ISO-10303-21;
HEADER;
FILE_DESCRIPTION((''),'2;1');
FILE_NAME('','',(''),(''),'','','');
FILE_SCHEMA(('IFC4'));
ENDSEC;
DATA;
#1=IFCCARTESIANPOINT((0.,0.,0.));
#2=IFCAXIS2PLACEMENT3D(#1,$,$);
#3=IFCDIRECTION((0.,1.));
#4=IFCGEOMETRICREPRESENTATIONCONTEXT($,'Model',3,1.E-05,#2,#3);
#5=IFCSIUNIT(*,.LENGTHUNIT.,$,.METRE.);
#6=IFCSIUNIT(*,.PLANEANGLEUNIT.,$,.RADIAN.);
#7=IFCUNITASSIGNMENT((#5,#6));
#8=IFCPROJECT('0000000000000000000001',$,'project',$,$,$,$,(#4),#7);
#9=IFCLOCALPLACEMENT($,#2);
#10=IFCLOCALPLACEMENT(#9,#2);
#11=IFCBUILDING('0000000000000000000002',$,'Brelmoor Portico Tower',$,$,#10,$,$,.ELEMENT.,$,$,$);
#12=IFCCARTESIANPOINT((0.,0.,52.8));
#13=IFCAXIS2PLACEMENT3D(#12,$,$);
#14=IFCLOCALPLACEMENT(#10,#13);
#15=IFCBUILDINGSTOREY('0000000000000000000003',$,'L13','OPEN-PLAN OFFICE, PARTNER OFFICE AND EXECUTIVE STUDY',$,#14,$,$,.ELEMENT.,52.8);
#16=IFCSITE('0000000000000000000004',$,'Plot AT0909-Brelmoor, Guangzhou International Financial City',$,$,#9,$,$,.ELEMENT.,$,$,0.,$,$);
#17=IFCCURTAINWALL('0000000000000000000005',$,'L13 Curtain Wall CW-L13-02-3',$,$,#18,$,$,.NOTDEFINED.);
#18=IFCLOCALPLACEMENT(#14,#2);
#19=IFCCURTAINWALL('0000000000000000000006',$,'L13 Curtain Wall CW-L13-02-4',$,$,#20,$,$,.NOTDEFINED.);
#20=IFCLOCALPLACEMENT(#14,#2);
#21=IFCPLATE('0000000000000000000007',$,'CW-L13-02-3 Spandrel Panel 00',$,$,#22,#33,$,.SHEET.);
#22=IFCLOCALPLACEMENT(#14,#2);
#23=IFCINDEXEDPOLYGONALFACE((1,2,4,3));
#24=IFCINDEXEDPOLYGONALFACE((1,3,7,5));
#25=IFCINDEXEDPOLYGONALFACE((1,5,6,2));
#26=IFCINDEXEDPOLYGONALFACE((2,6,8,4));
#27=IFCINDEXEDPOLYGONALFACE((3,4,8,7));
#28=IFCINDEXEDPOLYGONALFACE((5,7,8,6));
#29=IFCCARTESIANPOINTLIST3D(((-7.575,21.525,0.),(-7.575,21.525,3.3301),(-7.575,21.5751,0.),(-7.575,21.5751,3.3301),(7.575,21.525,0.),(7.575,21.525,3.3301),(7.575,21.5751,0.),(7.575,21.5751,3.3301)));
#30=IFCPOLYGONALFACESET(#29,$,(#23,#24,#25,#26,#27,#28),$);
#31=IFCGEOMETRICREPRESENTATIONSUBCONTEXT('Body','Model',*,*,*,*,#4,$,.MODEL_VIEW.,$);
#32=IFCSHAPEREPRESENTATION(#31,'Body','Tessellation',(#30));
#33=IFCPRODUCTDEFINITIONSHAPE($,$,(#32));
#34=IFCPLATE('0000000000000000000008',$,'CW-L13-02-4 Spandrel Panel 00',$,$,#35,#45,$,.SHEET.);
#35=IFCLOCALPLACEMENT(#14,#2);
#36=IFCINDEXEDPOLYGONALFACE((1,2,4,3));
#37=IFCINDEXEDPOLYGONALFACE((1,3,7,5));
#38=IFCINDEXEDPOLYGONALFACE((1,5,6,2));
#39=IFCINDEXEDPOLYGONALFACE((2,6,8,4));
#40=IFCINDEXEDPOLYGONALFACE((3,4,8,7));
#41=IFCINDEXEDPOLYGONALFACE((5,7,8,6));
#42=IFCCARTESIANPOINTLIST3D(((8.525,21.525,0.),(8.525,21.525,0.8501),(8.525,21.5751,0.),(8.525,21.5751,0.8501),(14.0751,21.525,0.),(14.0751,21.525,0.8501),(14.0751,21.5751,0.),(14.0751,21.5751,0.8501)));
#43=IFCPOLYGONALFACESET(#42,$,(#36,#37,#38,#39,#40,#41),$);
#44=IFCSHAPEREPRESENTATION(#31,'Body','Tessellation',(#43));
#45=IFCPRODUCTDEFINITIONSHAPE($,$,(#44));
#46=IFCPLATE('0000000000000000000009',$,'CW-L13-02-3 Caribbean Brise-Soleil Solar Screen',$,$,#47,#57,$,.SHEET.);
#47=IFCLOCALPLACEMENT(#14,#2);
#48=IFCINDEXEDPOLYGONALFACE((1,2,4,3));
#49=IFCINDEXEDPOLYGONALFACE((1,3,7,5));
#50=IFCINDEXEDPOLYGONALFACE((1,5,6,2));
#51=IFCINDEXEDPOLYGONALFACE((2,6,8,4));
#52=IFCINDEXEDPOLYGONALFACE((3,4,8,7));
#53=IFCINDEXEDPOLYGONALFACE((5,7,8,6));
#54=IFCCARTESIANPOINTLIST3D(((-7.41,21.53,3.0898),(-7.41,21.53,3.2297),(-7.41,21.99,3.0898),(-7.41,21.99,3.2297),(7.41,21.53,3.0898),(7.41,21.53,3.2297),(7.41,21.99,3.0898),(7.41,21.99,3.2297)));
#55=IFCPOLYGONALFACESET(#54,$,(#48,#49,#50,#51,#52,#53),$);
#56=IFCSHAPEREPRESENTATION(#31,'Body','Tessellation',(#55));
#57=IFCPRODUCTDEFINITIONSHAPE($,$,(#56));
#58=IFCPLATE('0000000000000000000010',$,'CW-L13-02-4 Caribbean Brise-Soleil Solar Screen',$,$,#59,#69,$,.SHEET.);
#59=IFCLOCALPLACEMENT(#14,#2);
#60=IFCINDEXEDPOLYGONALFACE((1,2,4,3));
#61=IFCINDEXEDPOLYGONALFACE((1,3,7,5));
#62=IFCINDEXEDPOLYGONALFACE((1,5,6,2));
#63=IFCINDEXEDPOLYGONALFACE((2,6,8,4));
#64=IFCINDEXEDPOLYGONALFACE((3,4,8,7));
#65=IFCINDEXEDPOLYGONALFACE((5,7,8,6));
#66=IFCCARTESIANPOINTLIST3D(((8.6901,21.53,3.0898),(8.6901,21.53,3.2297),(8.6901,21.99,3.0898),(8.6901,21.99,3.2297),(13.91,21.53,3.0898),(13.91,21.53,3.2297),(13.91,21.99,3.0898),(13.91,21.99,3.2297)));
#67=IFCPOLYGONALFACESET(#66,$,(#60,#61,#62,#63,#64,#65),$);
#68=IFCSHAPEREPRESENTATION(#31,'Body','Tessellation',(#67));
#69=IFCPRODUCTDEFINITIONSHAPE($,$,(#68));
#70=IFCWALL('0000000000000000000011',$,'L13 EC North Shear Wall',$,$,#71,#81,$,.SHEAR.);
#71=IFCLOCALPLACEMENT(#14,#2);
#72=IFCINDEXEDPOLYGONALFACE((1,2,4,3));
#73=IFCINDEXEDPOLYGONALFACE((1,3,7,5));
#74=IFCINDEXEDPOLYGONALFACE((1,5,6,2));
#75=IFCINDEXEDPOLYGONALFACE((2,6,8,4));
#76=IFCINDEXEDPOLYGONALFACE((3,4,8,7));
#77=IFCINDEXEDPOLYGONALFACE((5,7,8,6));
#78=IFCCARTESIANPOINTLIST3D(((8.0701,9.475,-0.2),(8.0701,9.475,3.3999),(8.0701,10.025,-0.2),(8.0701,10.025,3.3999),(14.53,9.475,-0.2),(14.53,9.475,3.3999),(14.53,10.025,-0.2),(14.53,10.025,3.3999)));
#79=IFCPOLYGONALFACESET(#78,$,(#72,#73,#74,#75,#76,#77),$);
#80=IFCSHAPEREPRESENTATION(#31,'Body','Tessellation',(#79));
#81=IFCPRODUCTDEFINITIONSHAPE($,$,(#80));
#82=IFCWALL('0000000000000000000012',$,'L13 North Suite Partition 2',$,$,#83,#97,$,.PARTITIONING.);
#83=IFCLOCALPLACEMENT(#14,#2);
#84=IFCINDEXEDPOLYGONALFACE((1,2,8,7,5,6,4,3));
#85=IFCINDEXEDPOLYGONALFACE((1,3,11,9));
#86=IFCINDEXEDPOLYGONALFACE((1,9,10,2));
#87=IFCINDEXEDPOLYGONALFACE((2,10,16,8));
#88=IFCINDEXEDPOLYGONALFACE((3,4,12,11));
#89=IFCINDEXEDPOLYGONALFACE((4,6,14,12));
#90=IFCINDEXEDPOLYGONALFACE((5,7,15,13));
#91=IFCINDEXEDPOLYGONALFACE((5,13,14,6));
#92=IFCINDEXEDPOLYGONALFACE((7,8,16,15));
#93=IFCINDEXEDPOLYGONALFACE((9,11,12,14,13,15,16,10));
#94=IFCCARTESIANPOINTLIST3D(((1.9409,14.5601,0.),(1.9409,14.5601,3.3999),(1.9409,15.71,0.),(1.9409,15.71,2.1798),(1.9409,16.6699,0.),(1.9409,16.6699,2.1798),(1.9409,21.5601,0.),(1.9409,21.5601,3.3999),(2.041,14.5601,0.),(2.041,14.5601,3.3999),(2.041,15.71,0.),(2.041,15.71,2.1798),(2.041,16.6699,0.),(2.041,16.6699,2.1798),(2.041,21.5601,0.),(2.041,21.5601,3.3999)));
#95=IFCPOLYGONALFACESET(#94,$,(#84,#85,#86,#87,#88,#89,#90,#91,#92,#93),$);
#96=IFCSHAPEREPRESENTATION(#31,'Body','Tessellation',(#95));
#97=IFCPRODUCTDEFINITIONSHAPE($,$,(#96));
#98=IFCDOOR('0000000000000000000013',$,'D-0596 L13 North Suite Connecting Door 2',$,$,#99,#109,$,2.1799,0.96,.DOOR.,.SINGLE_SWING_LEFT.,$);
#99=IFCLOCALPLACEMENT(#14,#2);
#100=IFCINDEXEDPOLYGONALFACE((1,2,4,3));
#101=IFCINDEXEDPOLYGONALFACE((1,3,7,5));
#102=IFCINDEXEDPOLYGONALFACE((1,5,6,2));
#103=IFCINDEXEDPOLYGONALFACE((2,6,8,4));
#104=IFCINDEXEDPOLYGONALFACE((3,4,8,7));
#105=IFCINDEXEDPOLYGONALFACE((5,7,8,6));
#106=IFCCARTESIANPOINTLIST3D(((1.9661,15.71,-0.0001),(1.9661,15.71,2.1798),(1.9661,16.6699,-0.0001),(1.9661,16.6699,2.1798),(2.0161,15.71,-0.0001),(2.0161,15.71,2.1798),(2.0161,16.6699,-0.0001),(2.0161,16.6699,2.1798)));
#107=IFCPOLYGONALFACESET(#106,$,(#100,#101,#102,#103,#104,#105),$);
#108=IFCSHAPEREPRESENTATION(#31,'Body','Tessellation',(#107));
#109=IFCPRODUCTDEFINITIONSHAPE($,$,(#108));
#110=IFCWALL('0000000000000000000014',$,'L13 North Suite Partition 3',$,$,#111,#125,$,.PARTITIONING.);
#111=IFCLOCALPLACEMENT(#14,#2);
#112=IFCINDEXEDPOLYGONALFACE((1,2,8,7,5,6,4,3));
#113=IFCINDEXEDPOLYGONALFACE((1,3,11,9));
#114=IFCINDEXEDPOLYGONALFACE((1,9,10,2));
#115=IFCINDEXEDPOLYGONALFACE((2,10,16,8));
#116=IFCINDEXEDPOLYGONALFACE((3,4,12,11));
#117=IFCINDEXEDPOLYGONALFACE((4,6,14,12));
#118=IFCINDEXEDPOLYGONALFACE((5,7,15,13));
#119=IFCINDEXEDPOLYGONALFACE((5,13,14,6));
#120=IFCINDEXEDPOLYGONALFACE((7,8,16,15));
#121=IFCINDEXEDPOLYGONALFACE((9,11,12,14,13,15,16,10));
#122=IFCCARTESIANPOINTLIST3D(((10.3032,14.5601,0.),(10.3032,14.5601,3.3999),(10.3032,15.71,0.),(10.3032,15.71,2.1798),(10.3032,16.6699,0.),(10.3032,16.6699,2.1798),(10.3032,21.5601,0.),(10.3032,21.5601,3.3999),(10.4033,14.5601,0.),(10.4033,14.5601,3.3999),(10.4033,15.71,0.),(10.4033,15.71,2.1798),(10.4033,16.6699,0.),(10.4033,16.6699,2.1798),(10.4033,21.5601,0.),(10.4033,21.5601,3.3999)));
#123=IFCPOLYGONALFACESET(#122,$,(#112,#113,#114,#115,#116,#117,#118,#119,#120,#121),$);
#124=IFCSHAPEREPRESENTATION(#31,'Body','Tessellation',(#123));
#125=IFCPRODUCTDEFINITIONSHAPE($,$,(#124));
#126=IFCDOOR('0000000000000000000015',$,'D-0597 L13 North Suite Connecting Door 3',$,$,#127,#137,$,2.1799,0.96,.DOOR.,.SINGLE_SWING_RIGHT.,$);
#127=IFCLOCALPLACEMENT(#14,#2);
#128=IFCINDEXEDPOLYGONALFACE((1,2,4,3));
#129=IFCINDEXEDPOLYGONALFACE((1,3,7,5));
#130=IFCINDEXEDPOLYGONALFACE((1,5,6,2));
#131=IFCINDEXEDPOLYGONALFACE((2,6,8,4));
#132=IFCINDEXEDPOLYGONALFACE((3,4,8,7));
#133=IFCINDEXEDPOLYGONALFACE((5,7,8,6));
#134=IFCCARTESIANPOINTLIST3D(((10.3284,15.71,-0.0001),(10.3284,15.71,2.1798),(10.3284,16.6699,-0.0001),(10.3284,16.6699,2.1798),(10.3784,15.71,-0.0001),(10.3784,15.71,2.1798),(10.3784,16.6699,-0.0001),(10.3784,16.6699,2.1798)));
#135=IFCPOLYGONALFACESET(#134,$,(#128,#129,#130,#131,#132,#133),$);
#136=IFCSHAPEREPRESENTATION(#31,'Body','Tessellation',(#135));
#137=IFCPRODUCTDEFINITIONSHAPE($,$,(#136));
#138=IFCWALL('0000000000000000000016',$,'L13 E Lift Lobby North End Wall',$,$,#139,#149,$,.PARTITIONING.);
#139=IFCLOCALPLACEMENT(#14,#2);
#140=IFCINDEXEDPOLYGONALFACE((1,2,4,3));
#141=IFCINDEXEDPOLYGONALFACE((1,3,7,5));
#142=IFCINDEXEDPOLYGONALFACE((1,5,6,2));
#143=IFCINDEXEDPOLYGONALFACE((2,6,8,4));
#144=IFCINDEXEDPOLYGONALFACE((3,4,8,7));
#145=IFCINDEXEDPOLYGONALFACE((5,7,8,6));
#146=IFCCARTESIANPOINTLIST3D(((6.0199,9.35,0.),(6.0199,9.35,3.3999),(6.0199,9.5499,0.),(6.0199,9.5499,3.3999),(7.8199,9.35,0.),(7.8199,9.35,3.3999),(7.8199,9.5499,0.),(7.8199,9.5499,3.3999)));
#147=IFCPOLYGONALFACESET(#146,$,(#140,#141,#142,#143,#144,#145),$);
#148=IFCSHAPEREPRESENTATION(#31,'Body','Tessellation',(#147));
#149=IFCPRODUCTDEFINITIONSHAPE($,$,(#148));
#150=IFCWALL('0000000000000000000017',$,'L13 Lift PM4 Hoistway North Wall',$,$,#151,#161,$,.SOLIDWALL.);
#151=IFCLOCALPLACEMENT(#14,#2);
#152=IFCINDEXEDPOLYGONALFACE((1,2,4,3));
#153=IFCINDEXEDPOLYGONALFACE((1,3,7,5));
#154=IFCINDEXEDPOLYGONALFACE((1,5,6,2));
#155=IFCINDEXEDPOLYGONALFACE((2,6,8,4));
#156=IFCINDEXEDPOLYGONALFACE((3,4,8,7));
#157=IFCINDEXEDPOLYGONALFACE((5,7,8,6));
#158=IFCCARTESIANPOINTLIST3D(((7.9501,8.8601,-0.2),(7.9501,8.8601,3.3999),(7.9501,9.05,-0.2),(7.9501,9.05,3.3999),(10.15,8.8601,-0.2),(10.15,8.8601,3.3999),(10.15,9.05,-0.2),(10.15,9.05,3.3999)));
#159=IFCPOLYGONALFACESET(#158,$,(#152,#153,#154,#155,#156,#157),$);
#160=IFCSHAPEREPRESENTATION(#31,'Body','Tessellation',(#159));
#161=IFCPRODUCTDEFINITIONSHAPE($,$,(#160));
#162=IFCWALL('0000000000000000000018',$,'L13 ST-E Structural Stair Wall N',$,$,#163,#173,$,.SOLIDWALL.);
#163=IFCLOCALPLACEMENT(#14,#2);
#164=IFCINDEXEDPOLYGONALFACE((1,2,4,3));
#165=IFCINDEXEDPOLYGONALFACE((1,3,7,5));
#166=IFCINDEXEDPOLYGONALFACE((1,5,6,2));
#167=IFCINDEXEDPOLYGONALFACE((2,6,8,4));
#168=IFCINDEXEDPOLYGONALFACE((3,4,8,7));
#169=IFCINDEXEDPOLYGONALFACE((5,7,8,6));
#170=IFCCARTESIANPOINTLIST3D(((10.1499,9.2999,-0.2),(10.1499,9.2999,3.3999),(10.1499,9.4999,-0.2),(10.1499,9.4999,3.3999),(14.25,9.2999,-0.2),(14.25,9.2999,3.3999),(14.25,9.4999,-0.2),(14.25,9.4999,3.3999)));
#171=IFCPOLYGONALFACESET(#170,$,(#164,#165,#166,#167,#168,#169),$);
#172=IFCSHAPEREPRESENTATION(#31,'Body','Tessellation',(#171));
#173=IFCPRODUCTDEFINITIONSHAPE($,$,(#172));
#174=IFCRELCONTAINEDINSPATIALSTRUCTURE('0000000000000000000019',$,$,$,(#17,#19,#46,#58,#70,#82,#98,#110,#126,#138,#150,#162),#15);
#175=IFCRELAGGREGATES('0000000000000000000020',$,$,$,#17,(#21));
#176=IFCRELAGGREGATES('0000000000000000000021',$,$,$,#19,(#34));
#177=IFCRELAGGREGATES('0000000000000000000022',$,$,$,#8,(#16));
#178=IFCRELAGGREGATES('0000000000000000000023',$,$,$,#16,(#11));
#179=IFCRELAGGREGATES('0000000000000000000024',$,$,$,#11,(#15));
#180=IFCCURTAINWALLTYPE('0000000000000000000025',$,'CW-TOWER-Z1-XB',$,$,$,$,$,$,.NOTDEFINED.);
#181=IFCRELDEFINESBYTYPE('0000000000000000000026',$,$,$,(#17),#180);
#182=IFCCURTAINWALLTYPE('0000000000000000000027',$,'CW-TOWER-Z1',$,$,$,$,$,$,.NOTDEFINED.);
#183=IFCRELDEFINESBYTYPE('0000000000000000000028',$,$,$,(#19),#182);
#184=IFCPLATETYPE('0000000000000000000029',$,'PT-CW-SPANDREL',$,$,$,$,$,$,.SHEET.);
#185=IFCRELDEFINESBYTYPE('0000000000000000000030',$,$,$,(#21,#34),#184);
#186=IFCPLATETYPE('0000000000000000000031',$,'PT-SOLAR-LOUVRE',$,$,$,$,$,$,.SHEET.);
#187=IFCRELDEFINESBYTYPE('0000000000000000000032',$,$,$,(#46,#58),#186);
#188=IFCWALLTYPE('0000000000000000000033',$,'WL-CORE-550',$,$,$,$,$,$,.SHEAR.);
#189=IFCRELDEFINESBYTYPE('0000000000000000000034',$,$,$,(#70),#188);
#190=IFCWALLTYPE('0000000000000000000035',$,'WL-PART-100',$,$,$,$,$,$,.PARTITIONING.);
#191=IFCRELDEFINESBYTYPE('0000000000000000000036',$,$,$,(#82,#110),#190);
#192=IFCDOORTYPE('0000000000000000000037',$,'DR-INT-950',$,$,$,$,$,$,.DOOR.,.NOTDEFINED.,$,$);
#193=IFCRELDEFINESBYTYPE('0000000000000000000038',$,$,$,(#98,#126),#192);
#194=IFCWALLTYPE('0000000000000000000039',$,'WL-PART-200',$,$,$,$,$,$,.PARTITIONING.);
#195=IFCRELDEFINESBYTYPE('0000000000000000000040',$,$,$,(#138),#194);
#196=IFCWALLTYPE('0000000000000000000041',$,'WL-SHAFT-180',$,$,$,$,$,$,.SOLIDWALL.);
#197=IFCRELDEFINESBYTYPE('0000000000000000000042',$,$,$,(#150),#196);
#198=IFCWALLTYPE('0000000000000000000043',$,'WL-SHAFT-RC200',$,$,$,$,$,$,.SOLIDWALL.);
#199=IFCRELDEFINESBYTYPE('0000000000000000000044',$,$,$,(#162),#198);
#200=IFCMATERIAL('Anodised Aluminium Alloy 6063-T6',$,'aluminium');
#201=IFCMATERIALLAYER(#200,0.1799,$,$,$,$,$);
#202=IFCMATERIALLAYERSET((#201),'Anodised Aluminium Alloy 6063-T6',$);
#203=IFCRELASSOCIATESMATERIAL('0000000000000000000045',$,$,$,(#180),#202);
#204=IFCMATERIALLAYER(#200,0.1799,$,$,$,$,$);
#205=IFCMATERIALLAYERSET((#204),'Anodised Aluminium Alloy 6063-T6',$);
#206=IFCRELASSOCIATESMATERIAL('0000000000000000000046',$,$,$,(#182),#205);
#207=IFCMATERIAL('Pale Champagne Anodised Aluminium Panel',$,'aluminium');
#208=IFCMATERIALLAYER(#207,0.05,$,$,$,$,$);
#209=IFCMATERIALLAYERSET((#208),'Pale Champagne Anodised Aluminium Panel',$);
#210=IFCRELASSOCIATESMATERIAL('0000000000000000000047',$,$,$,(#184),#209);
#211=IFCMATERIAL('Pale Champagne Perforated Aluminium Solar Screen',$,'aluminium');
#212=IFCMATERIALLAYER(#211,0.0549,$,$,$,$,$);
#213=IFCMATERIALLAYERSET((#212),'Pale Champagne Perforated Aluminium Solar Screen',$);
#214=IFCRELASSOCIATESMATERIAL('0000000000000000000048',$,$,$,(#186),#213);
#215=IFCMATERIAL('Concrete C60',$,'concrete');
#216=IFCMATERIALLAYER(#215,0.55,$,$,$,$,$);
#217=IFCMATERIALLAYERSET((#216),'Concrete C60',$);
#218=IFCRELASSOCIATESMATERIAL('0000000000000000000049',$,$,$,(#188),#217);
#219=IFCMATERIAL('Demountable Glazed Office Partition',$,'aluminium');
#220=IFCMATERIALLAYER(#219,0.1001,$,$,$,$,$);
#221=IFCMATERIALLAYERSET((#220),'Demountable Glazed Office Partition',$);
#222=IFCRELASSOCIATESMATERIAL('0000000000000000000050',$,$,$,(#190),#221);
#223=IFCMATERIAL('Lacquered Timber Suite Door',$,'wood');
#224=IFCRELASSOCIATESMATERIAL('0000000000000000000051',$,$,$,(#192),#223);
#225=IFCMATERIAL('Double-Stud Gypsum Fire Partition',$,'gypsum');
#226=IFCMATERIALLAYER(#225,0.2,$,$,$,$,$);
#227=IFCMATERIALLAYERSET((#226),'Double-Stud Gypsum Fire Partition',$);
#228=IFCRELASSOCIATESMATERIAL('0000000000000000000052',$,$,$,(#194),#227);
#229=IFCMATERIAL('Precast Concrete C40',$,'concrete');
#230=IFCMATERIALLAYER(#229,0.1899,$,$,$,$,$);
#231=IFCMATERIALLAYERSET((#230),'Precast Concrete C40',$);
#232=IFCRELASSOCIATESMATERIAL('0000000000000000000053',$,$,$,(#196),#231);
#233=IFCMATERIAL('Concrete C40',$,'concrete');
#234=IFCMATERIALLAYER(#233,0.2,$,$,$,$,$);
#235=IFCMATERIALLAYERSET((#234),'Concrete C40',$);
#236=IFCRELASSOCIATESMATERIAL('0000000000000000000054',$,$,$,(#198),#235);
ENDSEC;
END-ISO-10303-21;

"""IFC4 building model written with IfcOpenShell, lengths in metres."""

from ifc_helpers import new_model, si_unit, direction, frame, frame_2d, origin, origin_2d, place, context, subcontext, project, spatial, rectangle, extrude, material, layer, layer_set, type_object, element, fill, aggregate, save


model = new_model("IFC4")

# Units and contexts
model_context = context("Model", 3, precision=1e-05, world=origin(), true_north=direction((0.0, 1.0)))
body_context = subcontext(model_context, "Body", "Model", "MODEL_VIEW")
ifc_project = project(units=[si_unit("LENGTHUNIT", "METRE"), si_unit("PLANEANGLEUNIT", "RADIAN")], contexts=[model_context])

# Site, building, storey
site_placement = place(None, origin())
site = spatial("IfcSite", under=ifc_project, at=site_placement, Name="Plot AT0909-Brelmoor, Guangzhou International Financial City", CompositionType="ELEMENT", RefElevation=0.0)
building_placement = place(site_placement, origin())
building = spatial("IfcBuilding", under=site, at=building_placement, Name="Brelmoor Portico Tower", CompositionType="ELEMENT")
storey_placement = place(building_placement, frame((0.0, 0.0, 52.8)))
storey = spatial("IfcBuildingStorey", under=building, at=storey_placement, Name="L13", Description="OPEN-PLAN OFFICE, PARTNER OFFICE AND EXECUTIVE STUDY", CompositionType="ELEMENT", Elevation=52.8)

# Curtain wall
ifc_material_1 = material(Name="Anodised Aluminium Alloy 6063-T6", Category="aluminium")
ifc_layer_1 = layer(ifc_material_1, 0.1799)
ifc_layer_set_1 = layer_set([ifc_layer_1], Name="Anodised Aluminium Alloy 6063-T6")
curtain_wall_type_1 = type_object("IfcCurtainWallType", Name="CW-TOWER-Z1-XB", PredefinedType="NOTDEFINED", material=ifc_layer_set_1)
curtain_wall_1_placement = place(storey_placement, origin())
curtain_wall_1 = element("IfcCurtainWall", 1, at=curtain_wall_1_placement, inside=storey, type_object=curtain_wall_type_1, Name="L13 Curtain Wall CW-L13-02-3", PredefinedType="NOTDEFINED")

# Curtain wall
ifc_layer_2 = layer(ifc_material_1, 0.1799)
ifc_layer_set_2 = layer_set([ifc_layer_2], Name="Anodised Aluminium Alloy 6063-T6")
curtain_wall_type_2 = type_object("IfcCurtainWallType", Name="CW-TOWER-Z1", PredefinedType="NOTDEFINED", material=ifc_layer_set_2)
curtain_wall_2_placement = place(storey_placement, origin())
curtain_wall_2 = element("IfcCurtainWall", 2, at=curtain_wall_2_placement, inside=storey, type_object=curtain_wall_type_2, Name="L13 Curtain Wall CW-L13-02-4", PredefinedType="NOTDEFINED")

# Plates
ifc_material_2 = material(Name="Pale Champagne Anodised Aluminium Panel", Category="aluminium")
ifc_layer_3 = layer(ifc_material_2, 0.05)
ifc_layer_set_3 = layer_set([ifc_layer_3], Name="Pale Champagne Anodised Aluminium Panel")
plate_type_1 = type_object("IfcPlateType", Name="PT-CW-SPANDREL", PredefinedType="SHEET", material=ifc_layer_set_3)
plate_1_placement = place(storey_placement, frame((0.0, 21.55, 0.0), z_axis=(0.0, 0.0, 1.0), x_axis=(1.0, 0.0, 0.0)))
plate_1 = element("IfcPlate", 3, at=plate_1_placement, type_object=plate_type_1, Name="CW-L13-02-3 Spandrel Panel 00", PredefinedType="SHEET", context=body_context, shape_type="SweptSolid", body=[
    extrude(rectangle(XDim=15.1499, YDim=0.05, at=origin_2d()), origin(), (0.0, 0.0, 1.0), 3.3301),
])
aggregate(curtain_wall_1, [plate_1])
plate_2_placement = place(storey_placement, frame((11.3, 21.55, 0.0), z_axis=(0.0, 0.0, 1.0), x_axis=(1.0, 0.0, 0.0)))
plate_2 = element("IfcPlate", 4, at=plate_2_placement, type_object=plate_type_1, Name="CW-L13-02-4 Spandrel Panel 00", PredefinedType="SHEET", context=body_context, shape_type="SweptSolid", body=[
    extrude(rectangle(XDim=5.55, YDim=0.05, at=origin_2d()), origin(), (0.0, 0.0, 1.0), 0.8501),
])
aggregate(curtain_wall_2, [plate_2])

# Plates
ifc_material_3 = material(Name="Pale Champagne Perforated Aluminium Solar Screen", Category="aluminium")
ifc_layer_4 = layer(ifc_material_3, 0.0549)
ifc_layer_set_4 = layer_set([ifc_layer_4], Name="Pale Champagne Perforated Aluminium Solar Screen")
plate_type_2 = type_object("IfcPlateType", Name="PT-SOLAR-LOUVRE", PredefinedType="SHEET", material=ifc_layer_set_4)
plate_3_placement = place(storey_placement, frame((0.0, 21.76, 3.0898), z_axis=(0.0, 0.0, 1.0), x_axis=(1.0, 0.0, 0.0)))
element("IfcPlate", 5, at=plate_3_placement, inside=storey, type_object=plate_type_2, Name="CW-L13-02-3 Caribbean Brise-Soleil Solar Screen", PredefinedType="SHEET", context=body_context, shape_type="SweptSolid", body=[
    extrude(rectangle(XDim=14.8201, YDim=0.46, at=origin_2d()), origin(), (0.0, 0.0, 1.0), 0.1399),
])
plate_4_placement = place(storey_placement, frame((11.3, 21.76, 3.0898), z_axis=(0.0, 0.0, 1.0), x_axis=(1.0, 0.0, 0.0)))
element("IfcPlate", 6, at=plate_4_placement, inside=storey, type_object=plate_type_2, Name="CW-L13-02-4 Caribbean Brise-Soleil Solar Screen", PredefinedType="SHEET", context=body_context, shape_type="SweptSolid", body=[
    extrude(rectangle(XDim=5.22, YDim=0.46, at=origin_2d()), origin(), (0.0, 0.0, 1.0), 0.1399),
])

# Wall
ifc_material_4 = material(Name="Concrete C60", Category="concrete")
ifc_layer_5 = layer(ifc_material_4, 0.55)
ifc_layer_set_5 = layer_set([ifc_layer_5], Name="Concrete C60")
wall_type_1 = type_object("IfcWallType", Name="WL-CORE-550", PredefinedType="SHEAR", material=ifc_layer_set_5)
wall_1_placement = place(storey_placement, frame((8.0701, 9.75, -0.2), z_axis=(0.0, 0.0, 1.0), x_axis=(1.0, 0.0, 0.0)))
element("IfcWall", 7, at=wall_1_placement, inside=storey, type_object=wall_type_1, Name="L13 EC North Shear Wall", PredefinedType="SHEAR", context=body_context, shape_type="SweptSolid", body=[
    extrude(rectangle(XDim=6.46, YDim=0.55, at=frame_2d((3.23, 0.0))), origin(), (0.0, 0.0, 1.0), 3.5999),
])

# Walls, openings, doors
ifc_material_5 = material(Name="Demountable Glazed Office Partition", Category="aluminium")
ifc_layer_6 = layer(ifc_material_5, 0.1001)
ifc_layer_set_6 = layer_set([ifc_layer_6], Name="Demountable Glazed Office Partition")
wall_type_2 = type_object("IfcWallType", Name="WL-PART-100", PredefinedType="PARTITIONING", material=ifc_layer_set_6)
wall_2_placement = place(storey_placement, frame((1.991, 14.5601, 0.0), z_axis=(0.0, 0.0, 1.0), x_axis=(0.0, 1.0, 0.0)))
wall_2 = element("IfcWall", 8, at=wall_2_placement, inside=storey, type_object=wall_type_2, Name="L13 North Suite Partition 2", PredefinedType="PARTITIONING", context=body_context, shape_type="SweptSolid", body=[
    extrude(rectangle(XDim=7.0, YDim=0.1001, at=frame_2d((3.5, 0.0))), origin(), (0.0, 0.0, 1.0), 3.3999),
])
opening_1_placement = place(wall_2_placement, frame((1.1499, 0.0, 0.0)))
opening_1 = element("IfcOpeningElement", 9, at=opening_1_placement, cuts=wall_2, PredefinedType="OPENING", context=body_context, shape_type="SweptSolid", body=[
    extrude(rectangle(XDim=0.96, YDim=2.1799, at=frame_2d((0.48, 1.0898))), frame((0.0, 0.0601, 0.0), z_axis=(0.0, -1.0, 0.0), x_axis=(1.0, 0.0, 0.0)), (0.0, 0.0, 1.0), 0.1201),
])
ifc_material_6 = material(Name="Lacquered Timber Suite Door", Category="wood")
door_type = type_object("IfcDoorType", Name="DR-INT-950", OperationType="NOTDEFINED", PredefinedType="DOOR", material=ifc_material_6)
door_1_placement = place(opening_1_placement, origin())
door_1 = element("IfcDoor", 10, at=door_1_placement, inside=storey, type_object=door_type, Name="D-0596 L13 North Suite Connecting Door 2", OperationType="SINGLE_SWING_LEFT", OverallHeight=2.1799, OverallWidth=0.96, PredefinedType="DOOR", context=body_context, shape_type="SweptSolid", body=[
    extrude(rectangle(XDim=0.96, YDim=2.1799, at=frame_2d((0.48, 1.0898))), frame((0.0, 0.0249, 0.0), z_axis=(0.0, -1.0, 0.0), x_axis=(1.0, 0.0, 0.0)), (0.0, 0.0, 1.0), 0.05),
])
fill(opening_1, door_1)
wall_3_placement = place(storey_placement, frame((10.3533, 14.5601, 0.0), z_axis=(0.0, 0.0, 1.0), x_axis=(0.0, 1.0, 0.0)))
wall_3 = element("IfcWall", 11, at=wall_3_placement, inside=storey, type_object=wall_type_2, Name="L13 North Suite Partition 3", PredefinedType="PARTITIONING", context=body_context, shape_type="SweptSolid", body=[
    extrude(rectangle(XDim=7.0, YDim=0.1001, at=frame_2d((3.5, 0.0))), origin(), (0.0, 0.0, 1.0), 3.3999),
])
opening_2_placement = place(wall_3_placement, frame((1.1499, 0.0, 0.0)))
opening_2 = element("IfcOpeningElement", 12, at=opening_2_placement, cuts=wall_3, PredefinedType="OPENING", context=body_context, shape_type="SweptSolid", body=[
    extrude(rectangle(XDim=0.96, YDim=2.1799, at=frame_2d((0.48, 1.0898))), frame((0.0, 0.0601, 0.0), z_axis=(0.0, -1.0, 0.0), x_axis=(1.0, 0.0, 0.0)), (0.0, 0.0, 1.0), 0.1201),
])
door_2_placement = place(opening_2_placement, origin())
door_2 = element("IfcDoor", 13, at=door_2_placement, inside=storey, type_object=door_type, Name="D-0597 L13 North Suite Connecting Door 3", OperationType="SINGLE_SWING_RIGHT", OverallHeight=2.1799, OverallWidth=0.96, PredefinedType="DOOR", context=body_context, shape_type="SweptSolid", body=[
    extrude(rectangle(XDim=0.96, YDim=2.1799, at=frame_2d((0.48, 1.0898))), frame((0.0, 0.0249, 0.0), z_axis=(0.0, -1.0, 0.0), x_axis=(1.0, 0.0, 0.0)), (0.0, 0.0, 1.0), 0.05),
])
fill(opening_2, door_2)

# Walls
ifc_material_7 = material(Name="Double-Stud Gypsum Fire Partition", Category="gypsum")
ifc_layer_7 = layer(ifc_material_7, 0.2)
ifc_layer_set_7 = layer_set([ifc_layer_7], Name="Double-Stud Gypsum Fire Partition")
wall_type_3 = type_object("IfcWallType", Name="WL-PART-200", PredefinedType="PARTITIONING", material=ifc_layer_set_7)
wall_4_placement = place(storey_placement, frame((6.02, 9.45, 0.0), z_axis=(0.0, 0.0, 1.0), x_axis=(1.0, 0.0, 0.0)))
element("IfcWall", 14, at=wall_4_placement, inside=storey, type_object=wall_type_3, Name="L13 E Lift Lobby North End Wall", PredefinedType="PARTITIONING", context=body_context, shape_type="SweptSolid", body=[
    extrude(rectangle(XDim=1.8, YDim=0.2, at=frame_2d((0.8999, 0.0))), origin(), (0.0, 0.0, 1.0), 3.3999),
])
ifc_material_8 = material(Name="Precast Concrete C40", Category="concrete")
ifc_layer_8 = layer(ifc_material_8, 0.1899)
ifc_layer_set_8 = layer_set([ifc_layer_8], Name="Precast Concrete C40")
wall_type_4 = type_object("IfcWallType", Name="WL-SHAFT-180", PredefinedType="SOLIDWALL", material=ifc_layer_set_8)
wall_5_placement = place(storey_placement, frame((7.95, 8.9551, -0.2), z_axis=(0.0, 0.0, 1.0), x_axis=(1.0, 0.0, 0.0)))
element("IfcWall", 15, at=wall_5_placement, inside=storey, type_object=wall_type_4, Name="L13 Lift PM4 Hoistway North Wall", PredefinedType="SOLIDWALL", context=body_context, shape_type="SweptSolid", body=[
    extrude(rectangle(XDim=2.2, YDim=0.1899, at=frame_2d((1.1001, 0.0))), origin(), (0.0, 0.0, 1.0), 3.5999),
])
ifc_material_9 = material(Name="Concrete C40", Category="concrete")
ifc_layer_9 = layer(ifc_material_9, 0.2)
ifc_layer_set_9 = layer_set([ifc_layer_9], Name="Concrete C40")
wall_type_5 = type_object("IfcWallType", Name="WL-SHAFT-RC200", PredefinedType="SOLIDWALL", material=ifc_layer_set_9)
wall_6_placement = place(storey_placement, frame((10.1499, 9.3999, -0.2), z_axis=(0.0, 0.0, 1.0), x_axis=(1.0, 0.0, 0.0)))
element("IfcWall", 16, at=wall_6_placement, inside=storey, type_object=wall_type_5, Name="L13 ST-E Structural Stair Wall N", PredefinedType="SOLIDWALL", context=body_context, shape_type="SweptSolid", body=[
    extrude(rectangle(XDim=4.1001, YDim=0.2, at=frame_2d((2.05, 0.0))), origin(), (0.0, 0.0, 1.0), 3.5999),
])

save(model, "model.ifc")
